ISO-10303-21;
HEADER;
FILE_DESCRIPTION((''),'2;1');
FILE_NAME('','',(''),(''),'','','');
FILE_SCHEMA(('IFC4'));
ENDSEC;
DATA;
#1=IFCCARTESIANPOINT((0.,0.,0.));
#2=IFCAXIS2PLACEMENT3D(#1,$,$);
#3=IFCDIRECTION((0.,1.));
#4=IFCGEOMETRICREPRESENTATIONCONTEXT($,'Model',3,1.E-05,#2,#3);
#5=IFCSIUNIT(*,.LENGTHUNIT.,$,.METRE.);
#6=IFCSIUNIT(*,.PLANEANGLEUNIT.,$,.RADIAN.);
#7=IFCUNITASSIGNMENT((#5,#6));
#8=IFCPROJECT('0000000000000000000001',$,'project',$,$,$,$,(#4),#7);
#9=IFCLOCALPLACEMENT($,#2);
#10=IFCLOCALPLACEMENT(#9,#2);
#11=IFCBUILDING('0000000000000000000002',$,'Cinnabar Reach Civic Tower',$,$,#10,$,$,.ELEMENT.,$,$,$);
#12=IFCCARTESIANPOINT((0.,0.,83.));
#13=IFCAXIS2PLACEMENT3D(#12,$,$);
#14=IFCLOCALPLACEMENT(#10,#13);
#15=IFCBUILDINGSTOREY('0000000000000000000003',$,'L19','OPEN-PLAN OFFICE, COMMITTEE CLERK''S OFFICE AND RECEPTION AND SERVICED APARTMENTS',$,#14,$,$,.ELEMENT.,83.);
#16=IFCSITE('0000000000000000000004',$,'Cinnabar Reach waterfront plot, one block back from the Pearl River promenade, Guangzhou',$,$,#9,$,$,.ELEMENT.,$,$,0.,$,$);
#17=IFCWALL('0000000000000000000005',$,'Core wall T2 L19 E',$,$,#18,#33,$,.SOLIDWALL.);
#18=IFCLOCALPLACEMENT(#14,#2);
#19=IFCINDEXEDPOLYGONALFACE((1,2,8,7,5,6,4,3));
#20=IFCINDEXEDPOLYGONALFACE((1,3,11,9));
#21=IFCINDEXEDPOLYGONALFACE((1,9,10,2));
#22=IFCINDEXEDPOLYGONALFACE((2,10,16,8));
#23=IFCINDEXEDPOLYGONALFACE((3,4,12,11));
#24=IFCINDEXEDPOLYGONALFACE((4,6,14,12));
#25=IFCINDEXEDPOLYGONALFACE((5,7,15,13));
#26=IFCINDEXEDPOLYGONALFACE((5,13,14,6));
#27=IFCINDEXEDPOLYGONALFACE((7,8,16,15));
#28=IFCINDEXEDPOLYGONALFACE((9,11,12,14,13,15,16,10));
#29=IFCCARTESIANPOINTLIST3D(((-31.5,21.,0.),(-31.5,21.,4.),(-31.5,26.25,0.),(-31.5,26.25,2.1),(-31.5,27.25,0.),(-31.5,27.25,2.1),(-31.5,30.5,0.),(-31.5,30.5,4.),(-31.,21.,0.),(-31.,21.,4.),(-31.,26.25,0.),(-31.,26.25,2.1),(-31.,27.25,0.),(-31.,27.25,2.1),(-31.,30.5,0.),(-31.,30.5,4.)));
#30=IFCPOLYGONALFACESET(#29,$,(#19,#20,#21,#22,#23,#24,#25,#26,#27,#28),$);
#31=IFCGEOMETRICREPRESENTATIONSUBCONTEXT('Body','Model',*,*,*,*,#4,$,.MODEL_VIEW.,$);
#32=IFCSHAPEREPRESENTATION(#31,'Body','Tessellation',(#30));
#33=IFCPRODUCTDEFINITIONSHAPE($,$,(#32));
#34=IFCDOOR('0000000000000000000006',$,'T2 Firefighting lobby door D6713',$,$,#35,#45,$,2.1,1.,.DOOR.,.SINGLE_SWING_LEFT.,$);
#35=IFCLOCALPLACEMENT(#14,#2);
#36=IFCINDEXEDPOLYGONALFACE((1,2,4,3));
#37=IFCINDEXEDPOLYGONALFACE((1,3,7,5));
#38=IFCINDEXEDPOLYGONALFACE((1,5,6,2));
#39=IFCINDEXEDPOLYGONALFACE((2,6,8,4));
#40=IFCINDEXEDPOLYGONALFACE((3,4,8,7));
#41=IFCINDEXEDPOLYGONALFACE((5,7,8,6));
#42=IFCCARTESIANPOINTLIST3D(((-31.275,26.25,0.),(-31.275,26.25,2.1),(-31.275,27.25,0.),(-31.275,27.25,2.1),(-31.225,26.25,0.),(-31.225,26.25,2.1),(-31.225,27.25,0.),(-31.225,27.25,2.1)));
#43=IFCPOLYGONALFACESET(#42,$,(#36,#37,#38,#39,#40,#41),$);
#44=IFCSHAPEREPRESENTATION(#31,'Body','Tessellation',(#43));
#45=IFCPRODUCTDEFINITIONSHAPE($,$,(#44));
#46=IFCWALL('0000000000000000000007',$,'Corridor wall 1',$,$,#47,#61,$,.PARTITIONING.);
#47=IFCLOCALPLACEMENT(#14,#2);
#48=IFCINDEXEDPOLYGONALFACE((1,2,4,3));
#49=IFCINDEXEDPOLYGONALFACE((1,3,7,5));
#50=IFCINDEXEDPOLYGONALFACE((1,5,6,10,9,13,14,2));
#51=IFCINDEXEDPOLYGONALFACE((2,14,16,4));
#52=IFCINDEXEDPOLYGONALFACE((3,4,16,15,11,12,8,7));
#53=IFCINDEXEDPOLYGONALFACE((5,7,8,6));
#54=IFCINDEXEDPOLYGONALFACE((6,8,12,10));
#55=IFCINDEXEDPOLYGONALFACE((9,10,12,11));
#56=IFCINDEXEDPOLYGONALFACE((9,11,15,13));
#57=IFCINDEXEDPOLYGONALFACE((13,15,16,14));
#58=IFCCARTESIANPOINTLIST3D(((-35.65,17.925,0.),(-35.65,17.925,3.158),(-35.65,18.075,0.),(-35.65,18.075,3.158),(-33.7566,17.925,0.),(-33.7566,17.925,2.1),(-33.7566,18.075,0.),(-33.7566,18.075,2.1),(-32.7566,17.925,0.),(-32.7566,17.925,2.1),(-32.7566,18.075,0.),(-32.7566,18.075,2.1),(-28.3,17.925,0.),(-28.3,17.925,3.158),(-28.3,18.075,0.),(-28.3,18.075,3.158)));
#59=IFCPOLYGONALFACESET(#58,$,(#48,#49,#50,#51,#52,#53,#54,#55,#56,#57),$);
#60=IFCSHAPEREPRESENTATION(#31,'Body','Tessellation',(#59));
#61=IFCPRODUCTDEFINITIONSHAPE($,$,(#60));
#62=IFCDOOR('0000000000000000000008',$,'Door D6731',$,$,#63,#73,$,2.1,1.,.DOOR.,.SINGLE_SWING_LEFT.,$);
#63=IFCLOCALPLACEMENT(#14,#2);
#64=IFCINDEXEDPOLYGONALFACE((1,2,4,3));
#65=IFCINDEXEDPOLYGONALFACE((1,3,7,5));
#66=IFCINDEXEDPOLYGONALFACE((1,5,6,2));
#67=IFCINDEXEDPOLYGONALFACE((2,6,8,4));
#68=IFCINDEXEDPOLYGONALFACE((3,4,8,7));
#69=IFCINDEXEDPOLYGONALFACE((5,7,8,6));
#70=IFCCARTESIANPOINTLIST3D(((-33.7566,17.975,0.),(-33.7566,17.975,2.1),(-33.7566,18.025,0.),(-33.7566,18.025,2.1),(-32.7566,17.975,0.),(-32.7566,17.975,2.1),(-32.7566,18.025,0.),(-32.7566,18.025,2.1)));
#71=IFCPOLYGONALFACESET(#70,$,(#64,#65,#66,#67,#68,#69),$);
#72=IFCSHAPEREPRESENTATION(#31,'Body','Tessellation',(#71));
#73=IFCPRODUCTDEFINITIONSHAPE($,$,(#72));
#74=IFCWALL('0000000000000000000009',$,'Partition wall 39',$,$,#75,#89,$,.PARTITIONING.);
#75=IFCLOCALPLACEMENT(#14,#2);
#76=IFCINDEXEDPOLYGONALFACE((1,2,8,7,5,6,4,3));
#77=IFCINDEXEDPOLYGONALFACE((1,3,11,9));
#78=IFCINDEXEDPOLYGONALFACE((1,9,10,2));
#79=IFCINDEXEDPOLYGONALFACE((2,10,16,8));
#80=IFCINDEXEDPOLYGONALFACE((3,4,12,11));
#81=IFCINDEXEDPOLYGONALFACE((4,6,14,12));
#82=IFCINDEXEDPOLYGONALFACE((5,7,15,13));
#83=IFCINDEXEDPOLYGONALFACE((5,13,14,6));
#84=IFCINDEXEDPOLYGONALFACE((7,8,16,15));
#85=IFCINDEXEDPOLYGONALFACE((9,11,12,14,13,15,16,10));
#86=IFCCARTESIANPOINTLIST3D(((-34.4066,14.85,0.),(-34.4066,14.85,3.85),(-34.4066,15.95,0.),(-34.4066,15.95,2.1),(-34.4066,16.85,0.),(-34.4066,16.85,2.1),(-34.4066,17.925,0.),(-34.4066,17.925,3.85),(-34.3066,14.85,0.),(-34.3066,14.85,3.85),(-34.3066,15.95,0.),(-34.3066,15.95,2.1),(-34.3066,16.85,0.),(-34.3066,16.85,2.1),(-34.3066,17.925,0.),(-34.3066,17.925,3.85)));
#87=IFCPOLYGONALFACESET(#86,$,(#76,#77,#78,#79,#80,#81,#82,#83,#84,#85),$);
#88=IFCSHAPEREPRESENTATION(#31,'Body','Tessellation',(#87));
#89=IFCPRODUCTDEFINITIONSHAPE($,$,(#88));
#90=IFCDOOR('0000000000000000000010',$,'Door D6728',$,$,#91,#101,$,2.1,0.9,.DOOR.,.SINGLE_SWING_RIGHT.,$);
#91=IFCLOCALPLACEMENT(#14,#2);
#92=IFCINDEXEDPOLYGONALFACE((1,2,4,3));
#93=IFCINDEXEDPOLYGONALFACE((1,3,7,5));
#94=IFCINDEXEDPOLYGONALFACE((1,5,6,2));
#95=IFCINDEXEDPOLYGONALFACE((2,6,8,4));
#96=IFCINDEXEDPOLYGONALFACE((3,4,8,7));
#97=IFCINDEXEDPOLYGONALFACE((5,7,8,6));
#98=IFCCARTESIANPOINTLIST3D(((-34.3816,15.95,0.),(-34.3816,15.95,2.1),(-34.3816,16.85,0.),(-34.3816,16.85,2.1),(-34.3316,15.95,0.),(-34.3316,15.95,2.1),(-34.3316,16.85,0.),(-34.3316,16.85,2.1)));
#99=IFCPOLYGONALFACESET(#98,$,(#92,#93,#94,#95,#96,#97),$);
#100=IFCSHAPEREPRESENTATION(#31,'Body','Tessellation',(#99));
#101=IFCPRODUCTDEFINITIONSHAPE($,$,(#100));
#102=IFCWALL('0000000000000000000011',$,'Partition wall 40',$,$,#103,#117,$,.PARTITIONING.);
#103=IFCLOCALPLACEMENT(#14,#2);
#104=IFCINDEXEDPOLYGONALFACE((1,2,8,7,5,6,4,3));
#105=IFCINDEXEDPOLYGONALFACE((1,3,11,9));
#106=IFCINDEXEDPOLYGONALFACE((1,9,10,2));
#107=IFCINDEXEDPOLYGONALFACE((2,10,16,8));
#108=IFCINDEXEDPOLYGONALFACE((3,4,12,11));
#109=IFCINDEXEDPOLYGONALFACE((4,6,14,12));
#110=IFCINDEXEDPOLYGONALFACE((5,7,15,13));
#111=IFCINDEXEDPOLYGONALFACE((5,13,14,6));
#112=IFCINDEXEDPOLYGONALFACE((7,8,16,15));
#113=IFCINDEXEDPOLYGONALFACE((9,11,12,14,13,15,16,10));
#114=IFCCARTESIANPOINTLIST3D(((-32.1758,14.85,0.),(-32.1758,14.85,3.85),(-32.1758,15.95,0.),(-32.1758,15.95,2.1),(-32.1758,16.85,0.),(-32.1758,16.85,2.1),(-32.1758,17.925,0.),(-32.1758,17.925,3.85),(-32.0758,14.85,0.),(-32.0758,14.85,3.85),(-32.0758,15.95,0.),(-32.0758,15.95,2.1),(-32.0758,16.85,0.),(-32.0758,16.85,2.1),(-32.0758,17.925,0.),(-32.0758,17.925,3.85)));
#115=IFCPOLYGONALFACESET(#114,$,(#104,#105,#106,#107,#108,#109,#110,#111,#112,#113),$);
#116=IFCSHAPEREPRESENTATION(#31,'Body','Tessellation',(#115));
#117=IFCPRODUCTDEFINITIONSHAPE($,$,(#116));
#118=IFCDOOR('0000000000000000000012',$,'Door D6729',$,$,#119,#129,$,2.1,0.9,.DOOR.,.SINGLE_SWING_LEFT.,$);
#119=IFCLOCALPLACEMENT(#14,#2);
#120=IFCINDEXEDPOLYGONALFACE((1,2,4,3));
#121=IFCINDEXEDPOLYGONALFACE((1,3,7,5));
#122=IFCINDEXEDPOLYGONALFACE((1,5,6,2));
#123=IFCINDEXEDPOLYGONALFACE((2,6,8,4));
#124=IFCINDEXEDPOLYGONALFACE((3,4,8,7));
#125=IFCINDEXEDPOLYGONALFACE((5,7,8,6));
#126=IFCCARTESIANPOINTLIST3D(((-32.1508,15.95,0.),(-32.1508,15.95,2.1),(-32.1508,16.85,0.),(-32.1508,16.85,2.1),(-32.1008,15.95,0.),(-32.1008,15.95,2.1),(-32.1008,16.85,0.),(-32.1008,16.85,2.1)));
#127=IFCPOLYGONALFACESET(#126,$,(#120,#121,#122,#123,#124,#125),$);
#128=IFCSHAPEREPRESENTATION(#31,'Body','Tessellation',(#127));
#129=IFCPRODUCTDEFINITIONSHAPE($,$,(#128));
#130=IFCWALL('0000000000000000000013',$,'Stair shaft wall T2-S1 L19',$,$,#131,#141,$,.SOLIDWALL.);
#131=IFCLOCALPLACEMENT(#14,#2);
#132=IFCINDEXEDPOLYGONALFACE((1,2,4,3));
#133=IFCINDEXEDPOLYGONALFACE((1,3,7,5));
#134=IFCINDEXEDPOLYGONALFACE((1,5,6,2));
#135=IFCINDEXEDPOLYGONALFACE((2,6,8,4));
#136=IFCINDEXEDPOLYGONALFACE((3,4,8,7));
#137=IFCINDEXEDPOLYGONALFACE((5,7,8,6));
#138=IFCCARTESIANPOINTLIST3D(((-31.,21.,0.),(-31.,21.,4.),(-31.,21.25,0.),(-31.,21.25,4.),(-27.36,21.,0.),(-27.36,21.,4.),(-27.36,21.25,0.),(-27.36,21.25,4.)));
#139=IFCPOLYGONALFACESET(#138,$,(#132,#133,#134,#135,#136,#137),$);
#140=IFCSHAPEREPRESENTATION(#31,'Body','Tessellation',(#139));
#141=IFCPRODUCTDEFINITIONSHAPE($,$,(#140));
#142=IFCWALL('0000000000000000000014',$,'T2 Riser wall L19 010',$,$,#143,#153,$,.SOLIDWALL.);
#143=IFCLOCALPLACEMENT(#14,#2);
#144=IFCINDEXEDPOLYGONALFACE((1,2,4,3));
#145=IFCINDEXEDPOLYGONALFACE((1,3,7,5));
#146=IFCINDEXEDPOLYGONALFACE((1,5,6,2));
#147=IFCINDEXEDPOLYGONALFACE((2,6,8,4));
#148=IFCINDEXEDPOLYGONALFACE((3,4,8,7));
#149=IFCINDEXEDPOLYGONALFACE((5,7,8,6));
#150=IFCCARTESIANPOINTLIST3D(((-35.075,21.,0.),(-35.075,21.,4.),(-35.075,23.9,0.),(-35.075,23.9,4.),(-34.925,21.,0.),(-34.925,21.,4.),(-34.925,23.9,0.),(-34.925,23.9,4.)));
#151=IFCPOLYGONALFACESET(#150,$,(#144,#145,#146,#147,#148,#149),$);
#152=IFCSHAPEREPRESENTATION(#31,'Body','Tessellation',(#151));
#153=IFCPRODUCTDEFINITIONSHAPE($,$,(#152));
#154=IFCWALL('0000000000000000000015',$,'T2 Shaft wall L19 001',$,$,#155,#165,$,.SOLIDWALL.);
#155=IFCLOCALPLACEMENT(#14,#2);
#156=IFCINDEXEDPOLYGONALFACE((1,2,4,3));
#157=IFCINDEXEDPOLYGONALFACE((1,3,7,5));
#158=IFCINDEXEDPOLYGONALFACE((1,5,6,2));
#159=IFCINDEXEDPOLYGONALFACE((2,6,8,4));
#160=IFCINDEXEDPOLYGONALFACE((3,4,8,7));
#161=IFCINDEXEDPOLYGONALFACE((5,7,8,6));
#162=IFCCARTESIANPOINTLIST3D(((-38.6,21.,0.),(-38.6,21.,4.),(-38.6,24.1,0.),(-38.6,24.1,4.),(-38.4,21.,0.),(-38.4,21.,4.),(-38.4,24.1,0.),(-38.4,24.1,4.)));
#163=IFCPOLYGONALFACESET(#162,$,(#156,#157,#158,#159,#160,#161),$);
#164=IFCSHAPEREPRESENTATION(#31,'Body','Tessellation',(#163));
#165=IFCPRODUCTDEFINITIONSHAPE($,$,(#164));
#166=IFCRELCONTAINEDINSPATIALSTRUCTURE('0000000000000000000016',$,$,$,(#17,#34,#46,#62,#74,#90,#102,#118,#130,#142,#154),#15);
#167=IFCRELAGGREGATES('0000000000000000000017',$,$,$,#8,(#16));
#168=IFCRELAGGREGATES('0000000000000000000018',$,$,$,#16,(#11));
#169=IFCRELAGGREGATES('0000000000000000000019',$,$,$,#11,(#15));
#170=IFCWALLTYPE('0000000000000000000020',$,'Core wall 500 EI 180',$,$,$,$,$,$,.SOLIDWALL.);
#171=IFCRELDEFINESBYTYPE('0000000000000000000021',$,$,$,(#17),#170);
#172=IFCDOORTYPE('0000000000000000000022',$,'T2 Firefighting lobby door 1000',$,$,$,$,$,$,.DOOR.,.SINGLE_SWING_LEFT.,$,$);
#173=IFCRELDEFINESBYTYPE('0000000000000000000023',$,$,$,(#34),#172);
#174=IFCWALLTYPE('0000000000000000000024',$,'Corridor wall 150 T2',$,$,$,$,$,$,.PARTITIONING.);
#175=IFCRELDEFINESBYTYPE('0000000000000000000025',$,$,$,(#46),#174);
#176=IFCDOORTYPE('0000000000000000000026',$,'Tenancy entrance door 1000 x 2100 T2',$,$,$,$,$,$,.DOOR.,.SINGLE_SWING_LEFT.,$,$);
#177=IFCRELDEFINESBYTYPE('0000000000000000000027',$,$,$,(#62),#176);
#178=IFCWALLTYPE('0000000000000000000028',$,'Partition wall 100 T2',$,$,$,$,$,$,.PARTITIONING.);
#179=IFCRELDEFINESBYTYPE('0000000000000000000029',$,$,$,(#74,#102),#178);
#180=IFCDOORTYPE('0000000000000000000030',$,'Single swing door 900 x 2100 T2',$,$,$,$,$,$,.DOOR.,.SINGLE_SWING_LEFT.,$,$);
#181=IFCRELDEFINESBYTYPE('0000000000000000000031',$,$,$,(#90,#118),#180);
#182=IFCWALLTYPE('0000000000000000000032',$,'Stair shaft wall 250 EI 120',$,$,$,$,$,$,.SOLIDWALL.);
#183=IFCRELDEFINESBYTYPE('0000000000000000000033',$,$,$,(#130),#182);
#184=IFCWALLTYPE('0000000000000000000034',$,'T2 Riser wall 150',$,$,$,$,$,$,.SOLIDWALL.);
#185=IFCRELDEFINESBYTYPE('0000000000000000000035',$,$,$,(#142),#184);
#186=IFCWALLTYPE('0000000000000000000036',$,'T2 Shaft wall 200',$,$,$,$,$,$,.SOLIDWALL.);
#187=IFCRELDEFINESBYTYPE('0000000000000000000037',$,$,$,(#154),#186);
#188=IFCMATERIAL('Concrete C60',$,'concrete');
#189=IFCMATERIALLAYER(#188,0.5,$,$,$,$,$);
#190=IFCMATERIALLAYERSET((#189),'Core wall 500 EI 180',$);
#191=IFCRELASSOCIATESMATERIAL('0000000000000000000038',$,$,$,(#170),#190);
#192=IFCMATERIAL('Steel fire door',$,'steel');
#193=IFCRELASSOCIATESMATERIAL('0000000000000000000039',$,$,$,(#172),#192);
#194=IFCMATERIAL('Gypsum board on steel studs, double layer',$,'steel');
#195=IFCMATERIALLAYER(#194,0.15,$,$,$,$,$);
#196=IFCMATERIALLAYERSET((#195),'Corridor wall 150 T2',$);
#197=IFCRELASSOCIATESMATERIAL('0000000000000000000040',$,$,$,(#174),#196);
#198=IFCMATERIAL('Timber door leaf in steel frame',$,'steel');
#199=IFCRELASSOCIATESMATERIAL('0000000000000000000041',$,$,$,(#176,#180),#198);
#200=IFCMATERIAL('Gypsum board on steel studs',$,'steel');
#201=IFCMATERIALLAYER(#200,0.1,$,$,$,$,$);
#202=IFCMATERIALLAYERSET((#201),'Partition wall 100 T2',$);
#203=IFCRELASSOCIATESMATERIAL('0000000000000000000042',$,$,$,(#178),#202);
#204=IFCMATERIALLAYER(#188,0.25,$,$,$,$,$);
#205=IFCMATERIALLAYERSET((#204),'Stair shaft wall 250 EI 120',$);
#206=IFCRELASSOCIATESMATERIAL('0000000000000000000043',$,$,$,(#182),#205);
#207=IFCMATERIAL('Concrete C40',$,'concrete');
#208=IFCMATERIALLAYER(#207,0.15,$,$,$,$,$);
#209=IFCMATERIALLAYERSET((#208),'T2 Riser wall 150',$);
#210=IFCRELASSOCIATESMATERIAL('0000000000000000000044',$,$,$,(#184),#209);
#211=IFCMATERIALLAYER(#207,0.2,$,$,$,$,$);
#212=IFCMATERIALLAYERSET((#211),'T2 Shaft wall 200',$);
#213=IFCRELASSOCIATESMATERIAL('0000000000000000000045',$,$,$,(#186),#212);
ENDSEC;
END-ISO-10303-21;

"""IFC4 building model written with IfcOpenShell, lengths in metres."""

from ifc_helpers import new_model, si_unit, direction, frame, frame_2d, origin, place, context, subcontext, project, spatial, rectangle, extrude, material, layer, layer_set, type_object, element, fill, save


model = new_model("IFC4")

# Units and contexts
model_context = context("Model", 3, precision=1e-05, world=origin(), true_north=direction((0.0, 1.0)))
body_context = subcontext(model_context, "Body", "Model", "MODEL_VIEW")
ifc_project = project(units=[si_unit("LENGTHUNIT", "METRE"), si_unit("PLANEANGLEUNIT", "RADIAN")], contexts=[model_context])

# Site, building, storey
site_placement = place(None, origin())
site = spatial("IfcSite", under=ifc_project, at=site_placement, Name="Cinnabar Reach waterfront plot, one block back from the Pearl River promenade, Guangzhou", CompositionType="ELEMENT", RefElevation=0.0)
building_placement = place(site_placement, origin())
building = spatial("IfcBuilding", under=site, at=building_placement, Name="Cinnabar Reach Civic Tower", CompositionType="ELEMENT")
storey_placement = place(building_placement, frame((0.0, 0.0, 83.0)))
storey = spatial("IfcBuildingStorey", under=building, at=storey_placement, Name="L19", Description="OPEN-PLAN OFFICE, COMMITTEE CLERK'S OFFICE AND RECEPTION AND SERVICED APARTMENTS", CompositionType="ELEMENT", Elevation=83.0)

# Shared definitions
ifc_material_1 = material(Name="Concrete C60", Category="concrete")

# Shared definitions
ifc_material_2 = material(Name="Concrete C40", Category="concrete")

# Walls, openings, doors
ifc_layer_1 = layer(ifc_material_1, 0.5)
ifc_layer_set_1 = layer_set([ifc_layer_1], Name="Core wall 500 EI 180")
wall_type_1 = type_object("IfcWallType", Name="Core wall 500 EI 180", PredefinedType="SOLIDWALL", material=ifc_layer_set_1)
wall_1_placement = place(storey_placement, frame((-31.25, 21.0, 0.0), z_axis=(0.0, 0.0, 1.0), x_axis=(0.0, 1.0, 0.0)))
wall_1 = element("IfcWall", 1, at=wall_1_placement, inside=storey, type_object=wall_type_1, Name="Core wall T2 L19 E", PredefinedType="SOLIDWALL", context=body_context, shape_type="SweptSolid", body=[
    extrude(rectangle(XDim=9.5, YDim=0.5, at=frame_2d((4.75, 0.0))), origin(), (0.0, 0.0, 1.0), 4.0),
])
opening_1_placement = place(wall_1_placement, frame((5.25, 0.0, 0.0)))
opening_1 = element("IfcOpeningElement", 2, at=opening_1_placement, cuts=wall_1, PredefinedType="OPENING", context=body_context, shape_type="SweptSolid", body=[
    extrude(rectangle(XDim=1.0, YDim=2.1, at=frame_2d((0.5, 1.05))), frame((0.0, 0.26, 0.0), z_axis=(0.0, -1.0, 0.0), x_axis=(1.0, 0.0, 0.0)), (0.0, 0.0, 1.0), 0.52),
])
ifc_material_3 = material(Name="Steel fire door", Category="steel")
door_type_1 = type_object("IfcDoorType", Name="T2 Firefighting lobby door 1000", OperationType="SINGLE_SWING_LEFT", PredefinedType="DOOR", material=ifc_material_3)
door_1_placement = place(opening_1_placement, frame((1.0, 0.0, 0.0), z_axis=(0.0, 0.0, 1.0), x_axis=(-1.0, 0.0, 0.0)))
door_1 = element("IfcDoor", 3, at=door_1_placement, inside=storey, type_object=door_type_1, Name="T2 Firefighting lobby door D6713", OperationType="SINGLE_SWING_LEFT", OverallHeight=2.1, OverallWidth=1.0, PredefinedType="DOOR", context=body_context, shape_type="SweptSolid", body=[
    extrude(rectangle(XDim=1.0, YDim=2.1, at=frame_2d((0.5, 1.05))), frame((0.0, 0.025, 0.0), z_axis=(0.0, -1.0, 0.0), x_axis=(1.0, 0.0, 0.0)), (0.0, 0.0, 1.0), 0.05),
])
fill(opening_1, door_1)
ifc_material_4 = material(Name="Gypsum board on steel studs, double layer", Category="steel")
ifc_layer_2 = layer(ifc_material_4, 0.15)
ifc_layer_set_2 = layer_set([ifc_layer_2], Name="Corridor wall 150 T2")
wall_type_2 = type_object("IfcWallType", Name="Corridor wall 150 T2", PredefinedType="PARTITIONING", material=ifc_layer_set_2)
wall_2_placement = place(storey_placement, frame((-35.65, 18.0, 0.0), z_axis=(0.0, 0.0, 1.0), x_axis=(1.0, 0.0, 0.0)))
wall_2 = element("IfcWall", 4, at=wall_2_placement, inside=storey, type_object=wall_type_2, Name="Corridor wall 1", PredefinedType="PARTITIONING", context=body_context, shape_type="SweptSolid", body=[
    extrude(rectangle(XDim=7.35, YDim=0.15, at=frame_2d((3.675, 0.0))), origin(), (0.0, 0.0, 1.0), 3.158),
])
opening_2_placement = place(wall_2_placement, frame((1.8934, 0.0, 0.0)))
opening_2 = element("IfcOpeningElement", 5, at=opening_2_placement, cuts=wall_2, PredefinedType="OPENING", context=body_context, shape_type="SweptSolid", body=[
    extrude(rectangle(XDim=1.0, YDim=2.1, at=frame_2d((0.5, 1.05))), frame((0.0, 0.085, 0.0), z_axis=(0.0, -1.0, 0.0), x_axis=(1.0, 0.0, 0.0)), (0.0, 0.0, 1.0), 0.17),
])
ifc_material_5 = material(Name="Timber door leaf in steel frame", Category="steel")
door_type_2 = type_object("IfcDoorType", Name="Tenancy entrance door 1000 x 2100 T2", OperationType="SINGLE_SWING_LEFT", PredefinedType="DOOR", material=ifc_material_5)
door_2_placement = place(opening_2_placement, frame((1.0, 0.0, 0.0), z_axis=(0.0, 0.0, 1.0), x_axis=(-1.0, 0.0, 0.0)))
door_2 = element("IfcDoor", 6, at=door_2_placement, inside=storey, type_object=door_type_2, Name="Door D6731", OperationType="SINGLE_SWING_LEFT", OverallHeight=2.1, OverallWidth=1.0, PredefinedType="DOOR", context=body_context, shape_type="SweptSolid", body=[
    extrude(rectangle(XDim=1.0, YDim=2.1, at=frame_2d((0.5, 1.05))), frame((0.0, 0.025, 0.0), z_axis=(0.0, -1.0, 0.0), x_axis=(1.0, 0.0, 0.0)), (0.0, 0.0, 1.0), 0.05),
])
fill(opening_2, door_2)
ifc_material_6 = material(Name="Gypsum board on steel studs", Category="steel")
ifc_layer_3 = layer(ifc_material_6, 0.1)
ifc_layer_set_3 = layer_set([ifc_layer_3], Name="Partition wall 100 T2")
wall_type_3 = type_object("IfcWallType", Name="Partition wall 100 T2", PredefinedType="PARTITIONING", material=ifc_layer_set_3)
wall_3_placement = place(storey_placement, frame((-34.3566, 14.85, 0.0), z_axis=(0.0, 0.0, 1.0), x_axis=(0.0, 1.0, 0.0)))
wall_3 = element("IfcWall", 7, at=wall_3_placement, inside=storey, type_object=wall_type_3, Name="Partition wall 39", PredefinedType="PARTITIONING", context=body_context, shape_type="SweptSolid", body=[
    extrude(rectangle(XDim=3.075, YDim=0.1, at=frame_2d((1.5375, 0.0))), origin(), (0.0, 0.0, 1.0), 3.85),
])
opening_3_placement = place(wall_3_placement, frame((1.1, 0.0, 0.0)))
opening_3 = element("IfcOpeningElement", 8, at=opening_3_placement, cuts=wall_3, PredefinedType="OPENING", context=body_context, shape_type="SweptSolid", body=[
    extrude(rectangle(XDim=0.9, YDim=2.1, at=frame_2d((0.45, 1.05))), frame((0.0, 0.06, 0.0), z_axis=(0.0, -1.0, 0.0), x_axis=(1.0, 0.0, 0.0)), (0.0, 0.0, 1.0), 0.12),
])
door_type_3 = type_object("IfcDoorType", Name="Single swing door 900 x 2100 T2", OperationType="SINGLE_SWING_LEFT", PredefinedType="DOOR", material=ifc_material_5)
door_3_placement = place(opening_3_placement, origin())
door_3 = element("IfcDoor", 9, at=door_3_placement, inside=storey, type_object=door_type_3, Name="Door D6728", OperationType="SINGLE_SWING_RIGHT", OverallHeight=2.1, OverallWidth=0.9, PredefinedType="DOOR", context=body_context, shape_type="SweptSolid", body=[
    extrude(rectangle(XDim=0.9, YDim=2.1, at=frame_2d((0.45, 1.05))), frame((0.0, 0.025, 0.0), z_axis=(0.0, -1.0, 0.0), x_axis=(1.0, 0.0, 0.0)), (0.0, 0.0, 1.0), 0.05),
])
fill(opening_3, door_3)
wall_4_placement = place(storey_placement, frame((-32.1258, 14.85, 0.0), z_axis=(0.0, 0.0, 1.0), x_axis=(0.0, 1.0, 0.0)))
wall_4 = element("IfcWall", 10, at=wall_4_placement, inside=storey, type_object=wall_type_3, Name="Partition wall 40", PredefinedType="PARTITIONING", context=body_context, shape_type="SweptSolid", body=[
    extrude(rectangle(XDim=3.075, YDim=0.1, at=frame_2d((1.5375, 0.0))), origin(), (0.0, 0.0, 1.0), 3.85),
])
opening_4_placement = place(wall_4_placement, frame((1.1, 0.0, 0.0)))
opening_4 = element("IfcOpeningElement", 11, at=opening_4_placement, cuts=wall_4, PredefinedType="OPENING", context=body_context, shape_type="SweptSolid", body=[
    extrude(rectangle(XDim=0.9, YDim=2.1, at=frame_2d((0.45, 1.05))), frame((0.0, 0.06, 0.0), z_axis=(0.0, -1.0, 0.0), x_axis=(1.0, 0.0, 0.0)), (0.0, 0.0, 1.0), 0.12),
])
door_4_placement = place(opening_4_placement, origin())
door_4 = element("IfcDoor", 12, at=door_4_placement, inside=storey, type_object=door_type_3, Name="Door D6729", OperationType="SINGLE_SWING_LEFT", OverallHeight=2.1, OverallWidth=0.9, PredefinedType="DOOR", context=body_context, shape_type="SweptSolid", body=[
    extrude(rectangle(XDim=0.9, YDim=2.1, at=frame_2d((0.45, 1.05))), frame((0.0, 0.025, 0.0), z_axis=(0.0, -1.0, 0.0), x_axis=(1.0, 0.0, 0.0)), (0.0, 0.0, 1.0), 0.05),
])
fill(opening_4, door_4)

# Walls
ifc_layer_4 = layer(ifc_material_1, 0.25)
ifc_layer_set_4 = layer_set([ifc_layer_4], Name="Stair shaft wall 250 EI 120")
wall_type_4 = type_object("IfcWallType", Name="Stair shaft wall 250 EI 120", PredefinedType="SOLIDWALL", material=ifc_layer_set_4)
wall_5_placement = place(storey_placement, frame((-31.0, 21.125, 0.0), z_axis=(0.0, 0.0, 1.0), x_axis=(1.0, 0.0, 0.0)))
element("IfcWall", 13, at=wall_5_placement, inside=storey, type_object=wall_type_4, Name="Stair shaft wall T2-S1 L19", PredefinedType="SOLIDWALL", context=body_context, shape_type="SweptSolid", body=[
    extrude(rectangle(XDim=3.64, YDim=0.25, at=frame_2d((1.82, 0.0))), origin(), (0.0, 0.0, 1.0), 4.0),
])
ifc_layer_5 = layer(ifc_material_2, 0.15)
ifc_layer_set_5 = layer_set([ifc_layer_5], Name="T2 Riser wall 150")
wall_type_5 = type_object("IfcWallType", Name="T2 Riser wall 150", PredefinedType="SOLIDWALL", material=ifc_layer_set_5)
wall_6_placement = place(storey_placement, frame((-35.0, 21.0, 0.0), z_axis=(0.0, 0.0, 1.0), x_axis=(0.0, 1.0, 0.0)))
element("IfcWall", 14, at=wall_6_placement, inside=storey, type_object=wall_type_5, Name="T2 Riser wall L19 010", PredefinedType="SOLIDWALL", context=body_context, shape_type="SweptSolid", body=[
    extrude(rectangle(XDim=2.9, YDim=0.15, at=frame_2d((1.45, 0.0))), origin(), (0.0, 0.0, 1.0), 4.0),
])
ifc_layer_6 = layer(ifc_material_2, 0.2)
ifc_layer_set_6 = layer_set([ifc_layer_6], Name="T2 Shaft wall 200")
wall_type_6 = type_object("IfcWallType", Name="T2 Shaft wall 200", PredefinedType="SOLIDWALL", material=ifc_layer_set_6)
wall_7_placement = place(storey_placement, frame((-38.5, 21.0, 0.0), z_axis=(0.0, 0.0, 1.0), x_axis=(0.0, 1.0, 0.0)))
element("IfcWall", 15, at=wall_7_placement, inside=storey, type_object=wall_type_6, Name="T2 Shaft wall L19 001", PredefinedType="SOLIDWALL", context=body_context, shape_type="SweptSolid", body=[
    extrude(rectangle(XDim=3.1, YDim=0.2, at=frame_2d((1.55, 0.0))), origin(), (0.0, 0.0, 1.0), 4.0),
])

save(model, "model.ifc")
